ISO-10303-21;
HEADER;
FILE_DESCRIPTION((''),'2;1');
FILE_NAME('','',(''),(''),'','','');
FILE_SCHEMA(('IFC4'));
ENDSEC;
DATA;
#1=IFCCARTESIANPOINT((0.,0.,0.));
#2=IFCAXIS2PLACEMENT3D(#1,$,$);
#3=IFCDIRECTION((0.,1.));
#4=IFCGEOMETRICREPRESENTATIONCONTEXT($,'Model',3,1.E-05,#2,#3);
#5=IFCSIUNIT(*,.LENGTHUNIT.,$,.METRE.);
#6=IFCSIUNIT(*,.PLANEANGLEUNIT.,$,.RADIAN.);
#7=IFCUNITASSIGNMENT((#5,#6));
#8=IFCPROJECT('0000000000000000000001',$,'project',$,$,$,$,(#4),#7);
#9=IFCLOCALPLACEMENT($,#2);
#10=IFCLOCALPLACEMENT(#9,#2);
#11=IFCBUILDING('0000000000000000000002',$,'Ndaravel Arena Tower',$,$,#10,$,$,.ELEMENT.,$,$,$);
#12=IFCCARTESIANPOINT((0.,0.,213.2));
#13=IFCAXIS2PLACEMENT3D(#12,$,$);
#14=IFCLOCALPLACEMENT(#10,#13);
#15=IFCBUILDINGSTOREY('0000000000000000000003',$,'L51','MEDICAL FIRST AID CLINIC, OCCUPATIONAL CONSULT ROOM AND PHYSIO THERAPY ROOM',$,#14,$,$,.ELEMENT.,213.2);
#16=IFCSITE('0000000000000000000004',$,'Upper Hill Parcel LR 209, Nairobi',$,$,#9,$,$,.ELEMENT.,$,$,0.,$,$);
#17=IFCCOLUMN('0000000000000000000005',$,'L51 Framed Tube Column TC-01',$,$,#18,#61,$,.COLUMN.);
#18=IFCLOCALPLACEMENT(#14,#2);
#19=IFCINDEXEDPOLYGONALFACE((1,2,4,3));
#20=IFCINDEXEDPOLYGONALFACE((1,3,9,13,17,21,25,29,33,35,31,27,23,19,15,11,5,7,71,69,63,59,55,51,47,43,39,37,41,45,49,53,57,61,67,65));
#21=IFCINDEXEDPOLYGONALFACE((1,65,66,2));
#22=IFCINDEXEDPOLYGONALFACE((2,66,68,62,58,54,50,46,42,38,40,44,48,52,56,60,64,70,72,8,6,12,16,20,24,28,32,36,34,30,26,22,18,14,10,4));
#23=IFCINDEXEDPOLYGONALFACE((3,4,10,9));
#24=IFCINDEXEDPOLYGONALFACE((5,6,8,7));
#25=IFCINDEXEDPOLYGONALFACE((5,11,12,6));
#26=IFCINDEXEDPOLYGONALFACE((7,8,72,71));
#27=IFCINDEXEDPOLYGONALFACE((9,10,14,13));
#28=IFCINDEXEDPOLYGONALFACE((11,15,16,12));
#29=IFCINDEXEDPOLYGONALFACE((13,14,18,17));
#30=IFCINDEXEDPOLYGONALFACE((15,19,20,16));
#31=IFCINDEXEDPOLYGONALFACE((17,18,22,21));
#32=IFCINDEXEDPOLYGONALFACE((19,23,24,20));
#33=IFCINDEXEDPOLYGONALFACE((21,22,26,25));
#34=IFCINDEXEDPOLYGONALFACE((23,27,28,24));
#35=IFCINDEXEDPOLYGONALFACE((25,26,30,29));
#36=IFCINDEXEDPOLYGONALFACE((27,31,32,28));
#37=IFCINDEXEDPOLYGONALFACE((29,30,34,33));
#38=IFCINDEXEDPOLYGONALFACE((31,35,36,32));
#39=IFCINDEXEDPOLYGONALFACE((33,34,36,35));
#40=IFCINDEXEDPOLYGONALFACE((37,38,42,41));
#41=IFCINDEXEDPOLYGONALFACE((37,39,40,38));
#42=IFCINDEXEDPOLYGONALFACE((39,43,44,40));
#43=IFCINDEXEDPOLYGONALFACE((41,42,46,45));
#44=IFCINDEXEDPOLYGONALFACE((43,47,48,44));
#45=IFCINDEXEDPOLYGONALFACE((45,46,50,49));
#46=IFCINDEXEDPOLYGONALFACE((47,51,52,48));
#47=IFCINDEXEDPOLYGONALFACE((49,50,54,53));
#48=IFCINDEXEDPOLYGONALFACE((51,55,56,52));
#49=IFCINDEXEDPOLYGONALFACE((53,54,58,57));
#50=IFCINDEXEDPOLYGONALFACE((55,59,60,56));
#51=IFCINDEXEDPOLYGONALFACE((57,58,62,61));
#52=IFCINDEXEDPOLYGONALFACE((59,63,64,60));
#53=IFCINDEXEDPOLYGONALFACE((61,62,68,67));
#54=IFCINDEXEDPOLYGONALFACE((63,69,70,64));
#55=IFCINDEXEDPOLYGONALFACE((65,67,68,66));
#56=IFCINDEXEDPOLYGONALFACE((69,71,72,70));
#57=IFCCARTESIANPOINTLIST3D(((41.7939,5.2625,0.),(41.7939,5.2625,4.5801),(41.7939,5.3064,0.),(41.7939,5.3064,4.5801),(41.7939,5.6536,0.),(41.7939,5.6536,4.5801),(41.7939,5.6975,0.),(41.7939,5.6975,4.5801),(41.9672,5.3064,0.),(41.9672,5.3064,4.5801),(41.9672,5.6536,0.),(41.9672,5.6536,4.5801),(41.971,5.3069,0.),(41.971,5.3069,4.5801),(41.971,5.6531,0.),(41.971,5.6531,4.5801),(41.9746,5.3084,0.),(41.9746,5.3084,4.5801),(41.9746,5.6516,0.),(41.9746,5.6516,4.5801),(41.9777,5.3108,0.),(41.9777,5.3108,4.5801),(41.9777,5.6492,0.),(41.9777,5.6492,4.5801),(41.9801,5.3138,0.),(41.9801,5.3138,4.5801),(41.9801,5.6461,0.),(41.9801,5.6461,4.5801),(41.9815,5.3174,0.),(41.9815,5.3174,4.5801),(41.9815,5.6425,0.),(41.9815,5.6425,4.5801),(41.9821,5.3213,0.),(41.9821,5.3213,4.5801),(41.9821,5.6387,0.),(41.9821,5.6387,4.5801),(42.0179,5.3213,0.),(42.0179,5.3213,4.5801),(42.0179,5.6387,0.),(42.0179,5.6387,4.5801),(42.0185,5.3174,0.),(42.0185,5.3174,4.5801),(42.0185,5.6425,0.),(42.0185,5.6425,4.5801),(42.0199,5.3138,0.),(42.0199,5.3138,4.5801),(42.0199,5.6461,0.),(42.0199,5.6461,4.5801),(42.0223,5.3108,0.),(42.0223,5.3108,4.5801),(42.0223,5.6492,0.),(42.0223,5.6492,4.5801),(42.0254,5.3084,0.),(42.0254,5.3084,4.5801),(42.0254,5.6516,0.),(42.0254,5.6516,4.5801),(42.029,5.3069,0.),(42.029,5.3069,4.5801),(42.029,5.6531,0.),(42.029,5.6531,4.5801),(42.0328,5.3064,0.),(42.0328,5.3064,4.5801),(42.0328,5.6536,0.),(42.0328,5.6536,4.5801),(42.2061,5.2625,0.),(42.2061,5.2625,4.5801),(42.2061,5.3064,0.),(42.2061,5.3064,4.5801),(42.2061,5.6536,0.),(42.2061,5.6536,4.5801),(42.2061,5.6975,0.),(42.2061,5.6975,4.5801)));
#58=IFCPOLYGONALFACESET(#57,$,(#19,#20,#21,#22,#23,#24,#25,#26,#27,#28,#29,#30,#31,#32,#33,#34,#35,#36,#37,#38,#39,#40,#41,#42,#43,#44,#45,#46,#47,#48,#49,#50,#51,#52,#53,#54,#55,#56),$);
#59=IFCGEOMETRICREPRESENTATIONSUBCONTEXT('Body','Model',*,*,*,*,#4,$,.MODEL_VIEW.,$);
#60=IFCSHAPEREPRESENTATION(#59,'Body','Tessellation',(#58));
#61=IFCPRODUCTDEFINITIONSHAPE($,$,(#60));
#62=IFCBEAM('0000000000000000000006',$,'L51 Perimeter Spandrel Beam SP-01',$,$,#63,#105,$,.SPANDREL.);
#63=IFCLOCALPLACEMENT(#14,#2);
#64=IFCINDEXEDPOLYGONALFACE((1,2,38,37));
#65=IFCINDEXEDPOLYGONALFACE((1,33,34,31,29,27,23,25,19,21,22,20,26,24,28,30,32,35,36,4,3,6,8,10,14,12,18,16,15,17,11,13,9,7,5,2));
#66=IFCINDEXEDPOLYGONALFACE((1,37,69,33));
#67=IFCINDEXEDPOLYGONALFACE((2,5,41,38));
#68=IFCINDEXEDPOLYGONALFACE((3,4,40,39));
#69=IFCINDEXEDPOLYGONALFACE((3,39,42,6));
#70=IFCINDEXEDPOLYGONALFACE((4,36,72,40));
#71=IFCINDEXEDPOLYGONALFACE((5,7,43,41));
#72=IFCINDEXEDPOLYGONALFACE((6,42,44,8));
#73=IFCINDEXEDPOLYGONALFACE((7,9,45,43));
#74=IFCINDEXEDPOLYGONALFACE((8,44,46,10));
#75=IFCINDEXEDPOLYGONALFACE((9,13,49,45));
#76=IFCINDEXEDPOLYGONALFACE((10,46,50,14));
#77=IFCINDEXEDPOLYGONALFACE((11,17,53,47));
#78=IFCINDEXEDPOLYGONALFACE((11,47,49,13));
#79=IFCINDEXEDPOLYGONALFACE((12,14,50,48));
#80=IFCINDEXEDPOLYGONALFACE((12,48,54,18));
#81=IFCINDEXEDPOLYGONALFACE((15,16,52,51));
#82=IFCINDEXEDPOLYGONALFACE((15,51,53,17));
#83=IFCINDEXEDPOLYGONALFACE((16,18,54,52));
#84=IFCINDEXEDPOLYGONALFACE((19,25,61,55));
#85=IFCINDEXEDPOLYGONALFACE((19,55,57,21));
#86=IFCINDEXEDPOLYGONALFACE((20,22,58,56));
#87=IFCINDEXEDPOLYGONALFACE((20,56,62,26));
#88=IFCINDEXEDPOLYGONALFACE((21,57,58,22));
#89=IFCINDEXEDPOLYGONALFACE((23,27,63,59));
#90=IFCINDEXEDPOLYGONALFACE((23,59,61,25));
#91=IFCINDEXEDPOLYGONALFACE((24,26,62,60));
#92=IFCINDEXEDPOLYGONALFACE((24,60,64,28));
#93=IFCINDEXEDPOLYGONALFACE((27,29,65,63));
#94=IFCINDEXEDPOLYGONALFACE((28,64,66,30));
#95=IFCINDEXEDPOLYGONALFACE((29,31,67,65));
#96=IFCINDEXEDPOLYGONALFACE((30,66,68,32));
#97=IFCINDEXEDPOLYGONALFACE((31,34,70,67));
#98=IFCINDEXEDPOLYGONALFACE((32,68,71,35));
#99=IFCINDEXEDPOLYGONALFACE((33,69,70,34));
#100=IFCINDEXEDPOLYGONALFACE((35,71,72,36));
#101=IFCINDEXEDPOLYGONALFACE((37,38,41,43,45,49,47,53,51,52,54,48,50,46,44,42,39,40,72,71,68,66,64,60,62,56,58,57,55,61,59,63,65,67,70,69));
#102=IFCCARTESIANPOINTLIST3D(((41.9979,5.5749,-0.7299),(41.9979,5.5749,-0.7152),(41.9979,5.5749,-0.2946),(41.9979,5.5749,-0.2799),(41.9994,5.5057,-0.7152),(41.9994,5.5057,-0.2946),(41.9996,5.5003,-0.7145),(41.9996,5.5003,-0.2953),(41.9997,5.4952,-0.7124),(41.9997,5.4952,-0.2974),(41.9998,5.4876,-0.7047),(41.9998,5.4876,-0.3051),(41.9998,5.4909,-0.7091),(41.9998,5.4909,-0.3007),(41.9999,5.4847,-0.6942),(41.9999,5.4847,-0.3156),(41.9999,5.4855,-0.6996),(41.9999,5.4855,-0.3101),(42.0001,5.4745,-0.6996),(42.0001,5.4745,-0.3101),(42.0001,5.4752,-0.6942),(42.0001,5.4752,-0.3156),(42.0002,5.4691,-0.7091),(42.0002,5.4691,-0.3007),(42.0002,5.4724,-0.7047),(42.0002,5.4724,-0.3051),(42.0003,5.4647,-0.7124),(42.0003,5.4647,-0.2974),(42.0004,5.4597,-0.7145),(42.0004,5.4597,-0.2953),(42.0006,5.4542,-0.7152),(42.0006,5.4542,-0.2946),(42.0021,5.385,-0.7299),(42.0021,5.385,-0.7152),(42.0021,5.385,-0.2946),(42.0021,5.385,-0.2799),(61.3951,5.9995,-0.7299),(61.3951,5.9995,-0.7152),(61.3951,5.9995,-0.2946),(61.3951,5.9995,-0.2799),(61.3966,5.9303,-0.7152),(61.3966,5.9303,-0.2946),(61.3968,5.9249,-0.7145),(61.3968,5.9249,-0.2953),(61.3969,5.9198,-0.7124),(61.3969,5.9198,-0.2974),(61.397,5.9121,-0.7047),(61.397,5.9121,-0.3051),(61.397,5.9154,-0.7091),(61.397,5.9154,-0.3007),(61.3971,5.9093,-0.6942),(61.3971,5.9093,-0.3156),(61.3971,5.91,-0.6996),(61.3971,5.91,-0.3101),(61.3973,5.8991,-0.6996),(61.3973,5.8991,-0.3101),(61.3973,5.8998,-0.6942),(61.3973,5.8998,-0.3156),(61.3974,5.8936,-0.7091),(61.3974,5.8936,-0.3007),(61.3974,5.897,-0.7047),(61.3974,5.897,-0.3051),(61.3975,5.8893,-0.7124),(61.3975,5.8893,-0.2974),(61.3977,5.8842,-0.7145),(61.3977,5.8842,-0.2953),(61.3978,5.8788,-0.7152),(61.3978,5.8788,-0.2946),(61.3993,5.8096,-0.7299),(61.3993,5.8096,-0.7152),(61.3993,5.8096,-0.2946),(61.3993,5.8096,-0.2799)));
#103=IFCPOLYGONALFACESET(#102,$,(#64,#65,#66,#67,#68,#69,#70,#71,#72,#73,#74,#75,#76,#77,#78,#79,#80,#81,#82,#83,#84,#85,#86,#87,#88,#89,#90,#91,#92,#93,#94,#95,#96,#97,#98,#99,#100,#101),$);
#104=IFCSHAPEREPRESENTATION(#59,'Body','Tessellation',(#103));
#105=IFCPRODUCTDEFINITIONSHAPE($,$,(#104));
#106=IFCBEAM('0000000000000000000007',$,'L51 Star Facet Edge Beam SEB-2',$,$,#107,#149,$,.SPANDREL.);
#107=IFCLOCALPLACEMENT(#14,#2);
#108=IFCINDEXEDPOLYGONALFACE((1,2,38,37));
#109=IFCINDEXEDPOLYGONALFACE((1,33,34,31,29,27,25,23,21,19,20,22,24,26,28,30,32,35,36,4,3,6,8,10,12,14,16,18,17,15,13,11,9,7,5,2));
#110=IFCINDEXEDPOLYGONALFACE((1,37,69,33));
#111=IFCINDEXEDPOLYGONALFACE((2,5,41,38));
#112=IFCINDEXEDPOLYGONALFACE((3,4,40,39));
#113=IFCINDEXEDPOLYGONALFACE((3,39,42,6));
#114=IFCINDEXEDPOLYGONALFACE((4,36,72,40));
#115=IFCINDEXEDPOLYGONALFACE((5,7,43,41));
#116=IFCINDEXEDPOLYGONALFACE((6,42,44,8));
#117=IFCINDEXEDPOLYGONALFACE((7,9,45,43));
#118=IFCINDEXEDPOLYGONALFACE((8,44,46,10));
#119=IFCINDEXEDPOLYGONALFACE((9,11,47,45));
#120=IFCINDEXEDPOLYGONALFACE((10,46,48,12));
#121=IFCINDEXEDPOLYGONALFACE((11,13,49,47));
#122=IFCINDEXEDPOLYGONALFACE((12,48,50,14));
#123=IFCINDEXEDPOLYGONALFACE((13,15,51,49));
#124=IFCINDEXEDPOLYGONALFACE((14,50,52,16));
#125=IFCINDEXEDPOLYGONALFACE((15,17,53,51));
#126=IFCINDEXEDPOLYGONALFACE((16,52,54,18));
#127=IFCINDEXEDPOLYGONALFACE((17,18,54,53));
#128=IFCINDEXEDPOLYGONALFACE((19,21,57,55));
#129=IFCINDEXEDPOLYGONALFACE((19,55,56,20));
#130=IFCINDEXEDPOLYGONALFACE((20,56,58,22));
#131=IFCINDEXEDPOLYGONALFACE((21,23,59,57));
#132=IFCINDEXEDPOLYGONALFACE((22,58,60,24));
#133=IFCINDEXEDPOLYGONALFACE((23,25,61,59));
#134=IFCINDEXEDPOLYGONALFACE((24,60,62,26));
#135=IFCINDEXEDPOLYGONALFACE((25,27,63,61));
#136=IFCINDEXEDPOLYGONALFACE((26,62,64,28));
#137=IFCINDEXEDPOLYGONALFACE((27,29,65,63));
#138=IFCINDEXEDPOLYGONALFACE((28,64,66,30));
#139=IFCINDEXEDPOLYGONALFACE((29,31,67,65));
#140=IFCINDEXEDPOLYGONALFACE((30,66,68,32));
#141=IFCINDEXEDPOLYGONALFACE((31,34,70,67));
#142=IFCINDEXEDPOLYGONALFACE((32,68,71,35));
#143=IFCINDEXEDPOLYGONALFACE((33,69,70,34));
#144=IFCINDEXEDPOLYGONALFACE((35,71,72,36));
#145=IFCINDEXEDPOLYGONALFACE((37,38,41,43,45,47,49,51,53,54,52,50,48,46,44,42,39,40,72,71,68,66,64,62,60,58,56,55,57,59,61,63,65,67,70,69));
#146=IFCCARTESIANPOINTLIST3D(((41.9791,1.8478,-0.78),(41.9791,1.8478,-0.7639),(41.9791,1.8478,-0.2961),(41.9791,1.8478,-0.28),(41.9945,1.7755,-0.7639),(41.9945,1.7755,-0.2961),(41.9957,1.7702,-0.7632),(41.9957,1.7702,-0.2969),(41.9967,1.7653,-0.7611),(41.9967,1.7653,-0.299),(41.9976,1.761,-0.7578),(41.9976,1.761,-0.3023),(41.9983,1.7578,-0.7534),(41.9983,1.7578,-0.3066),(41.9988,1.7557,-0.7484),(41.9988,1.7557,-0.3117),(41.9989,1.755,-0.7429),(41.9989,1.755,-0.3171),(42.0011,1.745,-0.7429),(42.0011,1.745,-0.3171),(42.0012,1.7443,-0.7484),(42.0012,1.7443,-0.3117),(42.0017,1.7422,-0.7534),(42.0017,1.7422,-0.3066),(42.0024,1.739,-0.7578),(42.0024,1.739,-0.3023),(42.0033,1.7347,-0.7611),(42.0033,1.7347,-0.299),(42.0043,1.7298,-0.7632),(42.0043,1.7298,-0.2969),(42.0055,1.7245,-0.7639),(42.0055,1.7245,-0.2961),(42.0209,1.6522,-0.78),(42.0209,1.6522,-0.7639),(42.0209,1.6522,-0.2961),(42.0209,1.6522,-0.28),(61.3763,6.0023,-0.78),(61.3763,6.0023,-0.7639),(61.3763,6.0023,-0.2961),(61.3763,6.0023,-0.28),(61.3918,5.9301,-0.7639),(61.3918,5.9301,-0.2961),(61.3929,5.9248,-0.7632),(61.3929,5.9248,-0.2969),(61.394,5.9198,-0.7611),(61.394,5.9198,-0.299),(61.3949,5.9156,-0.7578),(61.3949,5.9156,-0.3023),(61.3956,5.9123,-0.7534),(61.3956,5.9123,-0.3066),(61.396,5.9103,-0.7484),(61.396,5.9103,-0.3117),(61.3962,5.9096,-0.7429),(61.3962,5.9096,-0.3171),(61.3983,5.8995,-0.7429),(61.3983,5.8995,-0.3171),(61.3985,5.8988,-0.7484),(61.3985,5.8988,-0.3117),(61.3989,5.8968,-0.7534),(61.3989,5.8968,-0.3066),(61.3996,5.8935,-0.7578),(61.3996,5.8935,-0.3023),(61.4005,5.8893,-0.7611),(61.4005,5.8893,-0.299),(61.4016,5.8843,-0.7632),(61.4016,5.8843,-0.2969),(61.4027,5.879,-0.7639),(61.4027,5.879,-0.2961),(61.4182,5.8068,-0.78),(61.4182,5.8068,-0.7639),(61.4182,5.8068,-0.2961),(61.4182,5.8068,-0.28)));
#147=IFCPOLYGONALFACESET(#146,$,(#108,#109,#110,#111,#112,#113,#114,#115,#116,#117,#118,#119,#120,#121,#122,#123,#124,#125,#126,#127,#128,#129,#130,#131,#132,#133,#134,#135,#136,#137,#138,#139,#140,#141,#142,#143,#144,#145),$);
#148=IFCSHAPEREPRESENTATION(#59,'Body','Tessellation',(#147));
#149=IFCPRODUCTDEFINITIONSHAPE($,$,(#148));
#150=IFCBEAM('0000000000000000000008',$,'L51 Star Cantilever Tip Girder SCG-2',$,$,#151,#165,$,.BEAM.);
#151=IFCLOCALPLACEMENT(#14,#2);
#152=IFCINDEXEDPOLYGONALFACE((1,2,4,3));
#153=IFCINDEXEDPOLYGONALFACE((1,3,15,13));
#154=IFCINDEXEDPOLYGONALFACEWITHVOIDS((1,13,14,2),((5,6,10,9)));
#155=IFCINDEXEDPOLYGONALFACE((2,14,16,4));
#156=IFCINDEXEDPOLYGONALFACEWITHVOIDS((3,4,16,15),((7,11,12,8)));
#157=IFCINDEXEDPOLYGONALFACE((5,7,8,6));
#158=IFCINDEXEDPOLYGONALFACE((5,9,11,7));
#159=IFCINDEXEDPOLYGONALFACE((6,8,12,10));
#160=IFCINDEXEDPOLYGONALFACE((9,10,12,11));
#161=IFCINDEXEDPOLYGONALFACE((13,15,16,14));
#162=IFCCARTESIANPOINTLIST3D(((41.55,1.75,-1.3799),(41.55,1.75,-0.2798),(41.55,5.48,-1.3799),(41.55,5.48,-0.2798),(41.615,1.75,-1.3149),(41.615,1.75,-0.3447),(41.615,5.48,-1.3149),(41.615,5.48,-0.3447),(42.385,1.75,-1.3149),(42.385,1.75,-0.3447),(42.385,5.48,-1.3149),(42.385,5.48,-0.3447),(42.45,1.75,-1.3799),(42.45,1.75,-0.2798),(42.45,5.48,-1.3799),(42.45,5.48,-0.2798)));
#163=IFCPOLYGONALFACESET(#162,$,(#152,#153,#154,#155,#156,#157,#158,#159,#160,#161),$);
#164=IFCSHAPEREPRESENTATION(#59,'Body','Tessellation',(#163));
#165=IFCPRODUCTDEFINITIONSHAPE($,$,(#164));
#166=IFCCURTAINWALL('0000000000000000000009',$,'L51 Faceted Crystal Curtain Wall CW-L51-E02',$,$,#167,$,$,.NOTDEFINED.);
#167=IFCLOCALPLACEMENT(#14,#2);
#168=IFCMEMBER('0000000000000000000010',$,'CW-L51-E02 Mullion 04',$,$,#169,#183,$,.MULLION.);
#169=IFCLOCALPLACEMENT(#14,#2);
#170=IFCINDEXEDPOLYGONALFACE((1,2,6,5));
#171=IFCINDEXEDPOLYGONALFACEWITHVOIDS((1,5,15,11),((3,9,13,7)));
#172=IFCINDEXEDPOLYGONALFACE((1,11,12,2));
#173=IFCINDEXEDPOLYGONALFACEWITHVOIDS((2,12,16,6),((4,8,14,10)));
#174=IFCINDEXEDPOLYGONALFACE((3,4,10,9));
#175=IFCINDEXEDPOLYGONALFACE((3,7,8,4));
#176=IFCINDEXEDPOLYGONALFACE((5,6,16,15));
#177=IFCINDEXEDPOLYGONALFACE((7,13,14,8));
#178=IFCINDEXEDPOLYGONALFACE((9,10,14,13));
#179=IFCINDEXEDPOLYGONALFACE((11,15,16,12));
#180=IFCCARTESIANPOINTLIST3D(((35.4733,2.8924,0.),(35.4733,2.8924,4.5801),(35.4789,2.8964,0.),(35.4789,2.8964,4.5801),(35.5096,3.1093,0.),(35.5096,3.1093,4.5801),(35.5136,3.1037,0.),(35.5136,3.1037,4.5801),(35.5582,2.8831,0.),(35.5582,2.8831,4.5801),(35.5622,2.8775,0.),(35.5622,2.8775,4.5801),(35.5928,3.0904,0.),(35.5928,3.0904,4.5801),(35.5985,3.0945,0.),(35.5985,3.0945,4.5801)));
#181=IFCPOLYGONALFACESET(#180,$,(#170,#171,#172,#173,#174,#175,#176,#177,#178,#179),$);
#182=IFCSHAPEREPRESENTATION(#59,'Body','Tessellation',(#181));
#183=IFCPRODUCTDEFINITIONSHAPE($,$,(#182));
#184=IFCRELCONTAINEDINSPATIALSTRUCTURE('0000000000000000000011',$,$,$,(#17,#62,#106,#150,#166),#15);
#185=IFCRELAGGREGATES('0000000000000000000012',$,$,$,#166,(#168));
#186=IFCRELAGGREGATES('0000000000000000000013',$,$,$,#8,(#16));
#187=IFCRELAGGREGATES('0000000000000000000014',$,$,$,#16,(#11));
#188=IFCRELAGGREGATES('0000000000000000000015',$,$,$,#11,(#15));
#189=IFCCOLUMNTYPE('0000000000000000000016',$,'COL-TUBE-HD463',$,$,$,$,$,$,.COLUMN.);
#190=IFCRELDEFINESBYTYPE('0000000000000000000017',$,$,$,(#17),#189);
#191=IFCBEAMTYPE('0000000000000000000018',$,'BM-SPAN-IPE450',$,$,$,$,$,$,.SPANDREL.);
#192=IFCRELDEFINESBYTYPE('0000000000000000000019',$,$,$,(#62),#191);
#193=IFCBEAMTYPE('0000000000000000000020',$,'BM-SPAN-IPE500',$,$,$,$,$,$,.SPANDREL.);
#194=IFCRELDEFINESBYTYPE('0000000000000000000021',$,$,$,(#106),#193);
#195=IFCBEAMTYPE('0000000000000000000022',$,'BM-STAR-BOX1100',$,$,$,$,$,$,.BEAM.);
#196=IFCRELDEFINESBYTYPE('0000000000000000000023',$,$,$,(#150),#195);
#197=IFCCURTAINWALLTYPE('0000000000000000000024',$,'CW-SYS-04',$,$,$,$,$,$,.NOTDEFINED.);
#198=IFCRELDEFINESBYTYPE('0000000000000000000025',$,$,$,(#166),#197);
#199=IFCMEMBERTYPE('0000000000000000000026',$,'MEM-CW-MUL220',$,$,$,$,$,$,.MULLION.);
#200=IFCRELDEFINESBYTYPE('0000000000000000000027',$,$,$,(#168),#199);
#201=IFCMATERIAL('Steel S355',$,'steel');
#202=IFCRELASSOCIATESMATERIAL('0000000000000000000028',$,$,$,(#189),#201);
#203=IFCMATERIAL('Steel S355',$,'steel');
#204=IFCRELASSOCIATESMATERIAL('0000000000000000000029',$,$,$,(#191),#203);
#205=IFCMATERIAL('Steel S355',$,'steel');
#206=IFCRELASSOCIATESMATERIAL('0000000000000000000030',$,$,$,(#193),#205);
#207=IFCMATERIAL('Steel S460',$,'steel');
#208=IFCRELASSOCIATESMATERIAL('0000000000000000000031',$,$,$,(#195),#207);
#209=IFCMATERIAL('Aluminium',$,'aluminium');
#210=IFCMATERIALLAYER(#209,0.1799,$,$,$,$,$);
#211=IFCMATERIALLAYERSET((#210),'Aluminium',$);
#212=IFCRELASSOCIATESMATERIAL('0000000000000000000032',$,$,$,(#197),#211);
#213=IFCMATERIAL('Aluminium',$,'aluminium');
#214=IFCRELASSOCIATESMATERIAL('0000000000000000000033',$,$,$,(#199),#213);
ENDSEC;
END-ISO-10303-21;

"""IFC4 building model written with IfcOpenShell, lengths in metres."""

from ifc_helpers import new_model, si_unit, direction, frame, origin, origin_2d, place, context, subcontext, project, spatial, hollow_rectangle, i_section, extrude, material, layer, layer_set, material_profile, profile_set, type_object, element, aggregate, save


model = new_model("IFC4")

# Units and contexts
model_context = context("Model", 3, precision=1e-05, world=origin(), true_north=direction((0.0, 1.0)))
body_context = subcontext(model_context, "Body", "Model", "MODEL_VIEW")
ifc_project = project(units=[si_unit("LENGTHUNIT", "METRE"), si_unit("PLANEANGLEUNIT", "RADIAN")], contexts=[model_context])

# Site, building, storey
site_placement = place(None, origin())
site = spatial("IfcSite", under=ifc_project, at=site_placement, Name="Upper Hill Parcel LR 209, Nairobi", CompositionType="ELEMENT", RefElevation=0.0)
building_placement = place(site_placement, origin())
building = spatial("IfcBuilding", under=site, at=building_placement, Name="Ndaravel Arena Tower", CompositionType="ELEMENT")
storey_placement = place(building_placement, frame((0.0, 0.0, 213.2)))
storey = spatial("IfcBuildingStorey", under=building, at=storey_placement, Name="L51", Description="MEDICAL FIRST AID CLINIC, OCCUPATIONAL CONSULT ROOM AND PHYSIO THERAPY ROOM", CompositionType="ELEMENT", Elevation=213.2)

# Column
ifc_material_1 = material(Name="Steel S355", Category="steel")
ifc_material_profile_1 = material_profile(ifc_material_1, i_section(OverallWidth=0.4121, OverallDepth=0.4351, WebThickness=0.0359, FlangeThickness=0.0439, FilletRadius=0.0149, at=origin_2d()), Name="HD 400x463")
ifc_profile_set_1 = profile_set([ifc_material_profile_1], Name="Steel S355")
column_type = type_object("IfcColumnType", Name="COL-TUBE-HD463", PredefinedType="COLUMN", material=ifc_profile_set_1)
column_placement = place(storey_placement, frame((42.0, 5.48, 0.0), z_axis=(0.0, 0.0, 1.0), x_axis=(1.0, 0.0, 0.0)))
element("IfcColumn", 1, at=column_placement, inside=storey, type_object=column_type, Name="L51 Framed Tube Column TC-01", PredefinedType="COLUMN", context=body_context, shape_type="SweptSolid", body=[
    extrude(i_section(OverallWidth=0.4121, OverallDepth=0.4351, WebThickness=0.0359, FlangeThickness=0.0439, FilletRadius=0.0149, at=origin_2d()), origin(), (0.0, 0.0, 1.0), 4.5801),
])

# Beams
ifc_material_2 = material(Name="Steel S355", Category="steel")
ifc_material_profile_2 = material_profile(ifc_material_2, i_section(OverallWidth=0.1899, OverallDepth=0.45, WebThickness=0.0095, FlangeThickness=0.0146, FilletRadius=0.021, at=origin_2d()), Name="IPE 450")
ifc_profile_set_2 = profile_set([ifc_material_profile_2], Name="Steel S355")
beam_type_1 = type_object("IfcBeamType", Name="BM-SPAN-IPE450", PredefinedType="SPANDREL", material=ifc_profile_set_2)
beam_1_placement = place(storey_placement, frame((42.0, 5.48, -0.5049), z_axis=(0.999761, 0.021882, 0.0), x_axis=(-0.021882, 0.999761, 0.0)))
element("IfcBeam", 2, at=beam_1_placement, inside=storey, type_object=beam_type_1, Name="L51 Perimeter Spandrel Beam SP-01", PredefinedType="SPANDREL", context=body_context, shape_type="SweptSolid", body=[
    extrude(i_section(OverallWidth=0.1899, OverallDepth=0.45, WebThickness=0.0095, FlangeThickness=0.0146, FilletRadius=0.021, at=origin_2d()), origin(), (0.0, 0.0, 1.0), 19.4019),
])
ifc_material_3 = material(Name="Steel S355", Category="steel")
ifc_material_profile_3 = material_profile(ifc_material_3, i_section(OverallWidth=0.2, OverallDepth=0.5, WebThickness=0.0103, FlangeThickness=0.0161, FilletRadius=0.021, at=origin_2d()), Name="IPE 500")
ifc_profile_set_3 = profile_set([ifc_material_profile_3], Name="Steel S355")
beam_type_2 = type_object("IfcBeamType", Name="BM-SPAN-IPE500", PredefinedType="SPANDREL", material=ifc_profile_set_3)
beam_2_placement = place(storey_placement, frame((42.0, 1.75, -0.53), z_axis=(0.977823, 0.209432, 0.0), x_axis=(-0.209432, 0.977823, 0.0)))
element("IfcBeam", 3, at=beam_2_placement, inside=storey, type_object=beam_type_2, Name="L51 Star Facet Edge Beam SEB-2", PredefinedType="SPANDREL", context=body_context, shape_type="SweptSolid", body=[
    extrude(i_section(OverallWidth=0.2, OverallDepth=0.5, WebThickness=0.0103, FlangeThickness=0.0161, FilletRadius=0.021, at=origin_2d()), origin(), (0.0, 0.0, 1.0), 19.8372),
])
ifc_material_4 = material(Name="Steel S460", Category="steel")
ifc_material_profile_4 = material_profile(ifc_material_4, hollow_rectangle(XDim=0.8999, YDim=1.1001, WallThickness=0.0649, at=origin_2d()), Name="BOX 1100x900x65")
ifc_profile_set_4 = profile_set([ifc_material_profile_4], Name="Steel S460")
beam_type_3 = type_object("IfcBeamType", Name="BM-STAR-BOX1100", PredefinedType="BEAM", material=ifc_profile_set_4)
beam_3_placement = place(storey_placement, frame((42.0, 5.48, -0.8298), z_axis=(0.0, -1.0, 0.0), x_axis=(1.0, 0.0, 0.0)))
element("IfcBeam", 4, at=beam_3_placement, inside=storey, type_object=beam_type_3, Name="L51 Star Cantilever Tip Girder SCG-2", PredefinedType="BEAM", context=body_context, shape_type="SweptSolid", body=[
    extrude(hollow_rectangle(XDim=0.8999, YDim=1.1001, WallThickness=0.0649, at=origin_2d()), origin(), (0.0, 0.0, 1.0), 3.73),
])

# Curtain wall, member
ifc_material_5 = material(Name="Aluminium", Category="aluminium")
ifc_layer_1 = layer(ifc_material_5, 0.1799)
ifc_layer_set_1 = layer_set([ifc_layer_1], Name="Aluminium")
curtain_wall_type = type_object("IfcCurtainWallType", Name="CW-SYS-04", PredefinedType="NOTDEFINED", material=ifc_layer_set_1)
curtain_wall_1_placement = place(storey_placement, origin())
curtain_wall_1 = element("IfcCurtainWall", 5, at=curtain_wall_1_placement, inside=storey, type_object=curtain_wall_type, Name="L51 Faceted Crystal Curtain Wall CW-L51-E02", PredefinedType="NOTDEFINED")
ifc_material_6 = material(Name="Aluminium", Category="aluminium")
ifc_material_profile_5 = material_profile(ifc_material_6, hollow_rectangle(XDim=0.0901, YDim=0.22, WallThickness=0.0049, at=origin_2d()), Name="CW MULLION 90x220x5")
ifc_profile_set_5 = profile_set([ifc_material_profile_5], Name="Aluminium")
member_type_1 = type_object("IfcMemberType", Name="MEM-CW-MUL220", PredefinedType="MULLION", material=ifc_profile_set_5)
member_1_placement = place(storey_placement, frame((35.5359, 2.9934, 0.0), z_axis=(0.0, 0.0, 1.0), x_axis=(0.986297, -0.164979, 0.0)))
member_1 = element("IfcMember", 6, at=member_1_placement, type_object=member_type_1, Name="CW-L51-E02 Mullion 04", PredefinedType="MULLION", context=body_context, shape_type="SweptSolid", body=[
    extrude(hollow_rectangle(XDim=0.0901, YDim=0.22, WallThickness=0.0049, at=origin_2d()), origin(), (0.0, 0.0, 1.0), 4.5801),
])

aggregate(curtain_wall_1, [member_1])

save(model, "model.ifc")
